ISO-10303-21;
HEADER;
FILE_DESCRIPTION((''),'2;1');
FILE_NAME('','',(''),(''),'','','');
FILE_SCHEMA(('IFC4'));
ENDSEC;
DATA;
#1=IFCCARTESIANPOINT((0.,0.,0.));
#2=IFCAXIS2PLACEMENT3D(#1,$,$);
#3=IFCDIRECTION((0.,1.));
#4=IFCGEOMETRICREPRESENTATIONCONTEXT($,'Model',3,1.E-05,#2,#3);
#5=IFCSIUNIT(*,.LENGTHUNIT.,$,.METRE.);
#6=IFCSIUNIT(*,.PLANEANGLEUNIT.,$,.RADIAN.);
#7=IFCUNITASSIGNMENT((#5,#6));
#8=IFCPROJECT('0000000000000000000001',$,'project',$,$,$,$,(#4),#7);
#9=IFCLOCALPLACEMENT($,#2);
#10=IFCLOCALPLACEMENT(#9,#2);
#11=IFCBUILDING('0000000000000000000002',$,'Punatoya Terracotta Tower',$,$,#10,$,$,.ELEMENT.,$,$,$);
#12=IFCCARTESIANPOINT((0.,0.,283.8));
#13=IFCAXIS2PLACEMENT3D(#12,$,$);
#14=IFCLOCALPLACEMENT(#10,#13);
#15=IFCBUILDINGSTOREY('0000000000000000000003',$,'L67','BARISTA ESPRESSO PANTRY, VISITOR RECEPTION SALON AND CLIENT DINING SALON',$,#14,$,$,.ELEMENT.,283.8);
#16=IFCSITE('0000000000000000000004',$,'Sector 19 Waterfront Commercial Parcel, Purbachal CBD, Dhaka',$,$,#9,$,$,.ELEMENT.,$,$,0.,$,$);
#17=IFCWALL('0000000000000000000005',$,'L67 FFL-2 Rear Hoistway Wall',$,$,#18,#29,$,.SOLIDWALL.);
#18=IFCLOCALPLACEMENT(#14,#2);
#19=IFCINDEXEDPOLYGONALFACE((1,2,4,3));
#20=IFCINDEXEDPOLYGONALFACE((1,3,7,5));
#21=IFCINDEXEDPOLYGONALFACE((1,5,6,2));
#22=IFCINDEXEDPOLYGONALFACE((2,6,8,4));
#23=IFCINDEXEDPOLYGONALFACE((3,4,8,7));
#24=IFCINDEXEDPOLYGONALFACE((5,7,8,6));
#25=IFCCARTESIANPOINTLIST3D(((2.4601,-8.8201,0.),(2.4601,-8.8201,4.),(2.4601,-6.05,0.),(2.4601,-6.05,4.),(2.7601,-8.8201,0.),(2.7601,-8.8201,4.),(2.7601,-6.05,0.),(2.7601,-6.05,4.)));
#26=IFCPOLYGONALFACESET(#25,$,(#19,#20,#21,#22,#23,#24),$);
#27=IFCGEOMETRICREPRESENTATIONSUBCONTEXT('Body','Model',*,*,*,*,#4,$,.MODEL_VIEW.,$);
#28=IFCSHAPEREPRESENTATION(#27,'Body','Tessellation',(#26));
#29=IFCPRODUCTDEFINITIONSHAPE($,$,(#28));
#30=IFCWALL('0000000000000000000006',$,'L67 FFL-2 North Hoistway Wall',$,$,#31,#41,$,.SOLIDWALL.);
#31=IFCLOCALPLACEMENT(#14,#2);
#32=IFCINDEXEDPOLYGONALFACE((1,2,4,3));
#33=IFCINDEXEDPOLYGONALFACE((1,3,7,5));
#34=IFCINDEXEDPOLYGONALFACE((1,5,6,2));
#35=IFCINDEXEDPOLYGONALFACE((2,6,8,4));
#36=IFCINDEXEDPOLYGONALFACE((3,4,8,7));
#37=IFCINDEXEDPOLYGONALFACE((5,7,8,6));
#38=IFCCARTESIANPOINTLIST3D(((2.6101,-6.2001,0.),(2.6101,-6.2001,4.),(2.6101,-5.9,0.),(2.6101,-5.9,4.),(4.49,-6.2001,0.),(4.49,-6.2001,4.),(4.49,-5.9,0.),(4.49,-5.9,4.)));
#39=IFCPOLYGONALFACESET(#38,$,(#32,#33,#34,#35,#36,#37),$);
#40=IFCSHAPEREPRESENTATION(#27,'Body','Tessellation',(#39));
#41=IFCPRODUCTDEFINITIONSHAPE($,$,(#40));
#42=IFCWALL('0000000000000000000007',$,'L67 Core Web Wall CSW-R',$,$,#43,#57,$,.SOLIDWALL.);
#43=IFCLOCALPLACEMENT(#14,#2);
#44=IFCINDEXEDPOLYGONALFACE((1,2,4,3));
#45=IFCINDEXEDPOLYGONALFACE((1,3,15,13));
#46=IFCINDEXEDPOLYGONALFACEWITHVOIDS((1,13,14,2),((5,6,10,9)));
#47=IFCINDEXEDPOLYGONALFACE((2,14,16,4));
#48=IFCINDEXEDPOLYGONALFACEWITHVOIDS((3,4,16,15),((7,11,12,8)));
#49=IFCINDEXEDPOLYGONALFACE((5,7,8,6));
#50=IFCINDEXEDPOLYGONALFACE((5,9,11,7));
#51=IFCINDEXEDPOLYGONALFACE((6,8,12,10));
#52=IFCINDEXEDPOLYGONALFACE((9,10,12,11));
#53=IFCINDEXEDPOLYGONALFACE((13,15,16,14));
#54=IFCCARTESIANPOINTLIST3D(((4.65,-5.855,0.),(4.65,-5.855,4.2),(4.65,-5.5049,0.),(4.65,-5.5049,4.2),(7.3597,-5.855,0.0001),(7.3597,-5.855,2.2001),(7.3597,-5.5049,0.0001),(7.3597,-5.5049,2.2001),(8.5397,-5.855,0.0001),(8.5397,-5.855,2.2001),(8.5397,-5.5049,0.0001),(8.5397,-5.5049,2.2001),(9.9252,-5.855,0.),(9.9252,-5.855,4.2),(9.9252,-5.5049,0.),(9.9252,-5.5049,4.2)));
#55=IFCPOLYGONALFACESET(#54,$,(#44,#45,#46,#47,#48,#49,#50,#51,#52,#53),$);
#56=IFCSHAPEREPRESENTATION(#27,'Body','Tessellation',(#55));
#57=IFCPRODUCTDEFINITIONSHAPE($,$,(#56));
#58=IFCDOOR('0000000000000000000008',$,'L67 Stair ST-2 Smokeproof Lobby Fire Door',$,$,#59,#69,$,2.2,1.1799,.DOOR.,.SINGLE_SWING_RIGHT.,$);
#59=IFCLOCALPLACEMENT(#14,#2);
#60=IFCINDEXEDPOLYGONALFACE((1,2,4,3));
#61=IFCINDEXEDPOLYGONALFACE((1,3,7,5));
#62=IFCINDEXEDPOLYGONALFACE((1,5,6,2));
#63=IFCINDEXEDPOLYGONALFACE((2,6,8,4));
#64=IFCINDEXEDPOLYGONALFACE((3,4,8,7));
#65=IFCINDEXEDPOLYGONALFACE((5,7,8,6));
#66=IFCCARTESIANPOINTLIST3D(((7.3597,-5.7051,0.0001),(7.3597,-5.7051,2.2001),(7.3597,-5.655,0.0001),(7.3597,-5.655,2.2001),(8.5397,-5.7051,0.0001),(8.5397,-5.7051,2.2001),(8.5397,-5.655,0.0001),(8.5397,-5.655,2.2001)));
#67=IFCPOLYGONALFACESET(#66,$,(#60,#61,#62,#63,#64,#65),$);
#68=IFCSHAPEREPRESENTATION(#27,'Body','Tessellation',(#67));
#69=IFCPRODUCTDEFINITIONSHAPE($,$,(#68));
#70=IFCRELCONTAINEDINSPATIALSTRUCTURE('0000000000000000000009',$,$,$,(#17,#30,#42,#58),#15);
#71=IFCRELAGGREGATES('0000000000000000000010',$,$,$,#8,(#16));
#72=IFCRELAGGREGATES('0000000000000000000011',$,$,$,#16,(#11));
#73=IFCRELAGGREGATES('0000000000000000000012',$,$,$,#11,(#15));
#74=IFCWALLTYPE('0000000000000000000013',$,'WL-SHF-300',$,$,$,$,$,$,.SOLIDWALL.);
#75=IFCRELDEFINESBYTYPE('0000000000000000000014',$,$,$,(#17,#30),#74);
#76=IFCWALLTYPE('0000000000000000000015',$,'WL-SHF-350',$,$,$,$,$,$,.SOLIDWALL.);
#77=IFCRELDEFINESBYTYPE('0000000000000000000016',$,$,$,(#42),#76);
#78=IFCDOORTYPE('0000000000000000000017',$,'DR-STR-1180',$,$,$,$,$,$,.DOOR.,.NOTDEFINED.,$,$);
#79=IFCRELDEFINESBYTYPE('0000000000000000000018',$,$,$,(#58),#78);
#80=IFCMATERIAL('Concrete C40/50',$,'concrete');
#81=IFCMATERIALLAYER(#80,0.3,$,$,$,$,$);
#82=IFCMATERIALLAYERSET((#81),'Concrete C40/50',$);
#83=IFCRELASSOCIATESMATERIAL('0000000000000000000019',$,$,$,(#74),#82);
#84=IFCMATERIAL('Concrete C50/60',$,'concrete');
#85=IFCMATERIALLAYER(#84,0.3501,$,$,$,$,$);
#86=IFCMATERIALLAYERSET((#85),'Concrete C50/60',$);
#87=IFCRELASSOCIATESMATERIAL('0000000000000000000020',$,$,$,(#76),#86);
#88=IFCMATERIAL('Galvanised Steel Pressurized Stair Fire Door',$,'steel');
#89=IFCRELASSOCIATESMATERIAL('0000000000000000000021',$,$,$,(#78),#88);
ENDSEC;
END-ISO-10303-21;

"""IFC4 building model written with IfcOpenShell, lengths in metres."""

from ifc_helpers import new_model, si_unit, direction, frame, frame_2d, origin, place, context, subcontext, project, spatial, rectangle, extrude, material, layer, layer_set, type_object, element, fill, save


model = new_model("IFC4")

# Units and contexts
model_context = context("Model", 3, precision=1e-05, world=origin(), true_north=direction((0.0, 1.0)))
body_context = subcontext(model_context, "Body", "Model", "MODEL_VIEW")
ifc_project = project(units=[si_unit("LENGTHUNIT", "METRE"), si_unit("PLANEANGLEUNIT", "RADIAN")], contexts=[model_context])

# Site, building, storey
site_placement = place(None, origin())
site = spatial("IfcSite", under=ifc_project, at=site_placement, Name="Sector 19 Waterfront Commercial Parcel, Purbachal CBD, Dhaka", CompositionType="ELEMENT", RefElevation=0.0)
building_placement = place(site_placement, origin())
building = spatial("IfcBuilding", under=site, at=building_placement, Name="Punatoya Terracotta Tower", CompositionType="ELEMENT")
storey_placement = place(building_placement, frame((0.0, 0.0, 283.8)))
storey = spatial("IfcBuildingStorey", under=building, at=storey_placement, Name="L67", Description="BARISTA ESPRESSO PANTRY, VISITOR RECEPTION SALON AND CLIENT DINING SALON", CompositionType="ELEMENT", Elevation=283.8)

# Shared definitions
ifc_material_1 = material(Name="Concrete C40/50", Category="concrete")

# Shared definitions
ifc_layer_1 = layer(ifc_material_1, 0.3)
ifc_layer_set_1 = layer_set([ifc_layer_1], Name="Concrete C40/50")
wall_type_1 = type_object("IfcWallType", Name="WL-SHF-300", PredefinedType="SOLIDWALL", material=ifc_layer_set_1)

# Walls
wall_1_placement = place(storey_placement, frame((2.6101, -8.8201, 0.0), z_axis=(0.0, 0.0, 1.0), x_axis=(0.0, 1.0, 0.0)))
element("IfcWall", 1, at=wall_1_placement, inside=storey, type_object=wall_type_1, Name="L67 FFL-2 Rear Hoistway Wall", PredefinedType="SOLIDWALL", context=body_context, shape_type="SweptSolid", body=[
    extrude(rectangle(XDim=2.77, YDim=0.3, at=frame_2d((1.385, 0.0))), origin(), (0.0, 0.0, 1.0), 4.0),
])
wall_2_placement = place(storey_placement, frame((2.6101, -6.05, 0.0), z_axis=(0.0, 0.0, 1.0), x_axis=(1.0, 0.0, 0.0)))
element("IfcWall", 2, at=wall_2_placement, inside=storey, type_object=wall_type_1, Name="L67 FFL-2 North Hoistway Wall", PredefinedType="SOLIDWALL", context=body_context, shape_type="SweptSolid", body=[
    extrude(rectangle(XDim=1.8799, YDim=0.3, at=frame_2d((0.9399, 0.0))), origin(), (0.0, 0.0, 1.0), 4.0),
])

# Wall, opening, door
ifc_material_2 = material(Name="Concrete C50/60", Category="concrete")
ifc_layer_2 = layer(ifc_material_2, 0.3501)
ifc_layer_set_2 = layer_set([ifc_layer_2], Name="Concrete C50/60")
wall_type_2 = type_object("IfcWallType", Name="WL-SHF-350", PredefinedType="SOLIDWALL", material=ifc_layer_set_2)
wall_3_placement = place(storey_placement, frame((4.6499, -5.6799, 0.0), z_axis=(0.0, 0.0, 1.0), x_axis=(1.0, 0.0, 0.0)))
wall_3 = element("IfcWall", 3, at=wall_3_placement, inside=storey, type_object=wall_type_2, Name="L67 Core Web Wall CSW-R", PredefinedType="SOLIDWALL", context=body_context, shape_type="SweptSolid", body=[
    extrude(rectangle(XDim=5.2751, YDim=0.3501, at=frame_2d((2.6377, 0.0))), origin(), (0.0, 0.0, 1.0), 4.2),
])
opening_1_placement = place(wall_3_placement, frame((2.71, 0.0, 0.0)))
opening_1 = element("IfcOpeningElement", 4, at=opening_1_placement, cuts=wall_3, PredefinedType="OPENING", context=body_context, shape_type="SweptSolid", body=[
    extrude(rectangle(XDim=1.1799, YDim=2.2, at=frame_2d((0.5898, 1.1001))), frame((0.0, 0.1851, 0.0), z_axis=(0.0, -1.0, 0.0), x_axis=(1.0, 0.0, 0.0)), (0.0, 0.0, 1.0), 0.3701),
])
ifc_material_3 = material(Name="Galvanised Steel Pressurized Stair Fire Door", Category="steel")
door_type_1 = type_object("IfcDoorType", Name="DR-STR-1180", OperationType="NOTDEFINED", PredefinedType="DOOR", material=ifc_material_3)
door_1_placement = place(opening_1_placement, origin())
door_1 = element("IfcDoor", 5, at=door_1_placement, inside=storey, type_object=door_type_1, Name="L67 Stair ST-2 Smokeproof Lobby Fire Door", OperationType="SINGLE_SWING_RIGHT", OverallHeight=2.2, OverallWidth=1.1799, PredefinedType="DOOR", context=body_context, shape_type="SweptSolid", body=[
    extrude(rectangle(XDim=1.1799, YDim=2.2, at=frame_2d((0.5898, 1.1001))), frame((0.0, 0.0249, 0.0), z_axis=(0.0, -1.0, 0.0), x_axis=(1.0, 0.0, 0.0)), (0.0, 0.0, 1.0), 0.05),
])
fill(opening_1, door_1)

save(model, "model.ifc")
